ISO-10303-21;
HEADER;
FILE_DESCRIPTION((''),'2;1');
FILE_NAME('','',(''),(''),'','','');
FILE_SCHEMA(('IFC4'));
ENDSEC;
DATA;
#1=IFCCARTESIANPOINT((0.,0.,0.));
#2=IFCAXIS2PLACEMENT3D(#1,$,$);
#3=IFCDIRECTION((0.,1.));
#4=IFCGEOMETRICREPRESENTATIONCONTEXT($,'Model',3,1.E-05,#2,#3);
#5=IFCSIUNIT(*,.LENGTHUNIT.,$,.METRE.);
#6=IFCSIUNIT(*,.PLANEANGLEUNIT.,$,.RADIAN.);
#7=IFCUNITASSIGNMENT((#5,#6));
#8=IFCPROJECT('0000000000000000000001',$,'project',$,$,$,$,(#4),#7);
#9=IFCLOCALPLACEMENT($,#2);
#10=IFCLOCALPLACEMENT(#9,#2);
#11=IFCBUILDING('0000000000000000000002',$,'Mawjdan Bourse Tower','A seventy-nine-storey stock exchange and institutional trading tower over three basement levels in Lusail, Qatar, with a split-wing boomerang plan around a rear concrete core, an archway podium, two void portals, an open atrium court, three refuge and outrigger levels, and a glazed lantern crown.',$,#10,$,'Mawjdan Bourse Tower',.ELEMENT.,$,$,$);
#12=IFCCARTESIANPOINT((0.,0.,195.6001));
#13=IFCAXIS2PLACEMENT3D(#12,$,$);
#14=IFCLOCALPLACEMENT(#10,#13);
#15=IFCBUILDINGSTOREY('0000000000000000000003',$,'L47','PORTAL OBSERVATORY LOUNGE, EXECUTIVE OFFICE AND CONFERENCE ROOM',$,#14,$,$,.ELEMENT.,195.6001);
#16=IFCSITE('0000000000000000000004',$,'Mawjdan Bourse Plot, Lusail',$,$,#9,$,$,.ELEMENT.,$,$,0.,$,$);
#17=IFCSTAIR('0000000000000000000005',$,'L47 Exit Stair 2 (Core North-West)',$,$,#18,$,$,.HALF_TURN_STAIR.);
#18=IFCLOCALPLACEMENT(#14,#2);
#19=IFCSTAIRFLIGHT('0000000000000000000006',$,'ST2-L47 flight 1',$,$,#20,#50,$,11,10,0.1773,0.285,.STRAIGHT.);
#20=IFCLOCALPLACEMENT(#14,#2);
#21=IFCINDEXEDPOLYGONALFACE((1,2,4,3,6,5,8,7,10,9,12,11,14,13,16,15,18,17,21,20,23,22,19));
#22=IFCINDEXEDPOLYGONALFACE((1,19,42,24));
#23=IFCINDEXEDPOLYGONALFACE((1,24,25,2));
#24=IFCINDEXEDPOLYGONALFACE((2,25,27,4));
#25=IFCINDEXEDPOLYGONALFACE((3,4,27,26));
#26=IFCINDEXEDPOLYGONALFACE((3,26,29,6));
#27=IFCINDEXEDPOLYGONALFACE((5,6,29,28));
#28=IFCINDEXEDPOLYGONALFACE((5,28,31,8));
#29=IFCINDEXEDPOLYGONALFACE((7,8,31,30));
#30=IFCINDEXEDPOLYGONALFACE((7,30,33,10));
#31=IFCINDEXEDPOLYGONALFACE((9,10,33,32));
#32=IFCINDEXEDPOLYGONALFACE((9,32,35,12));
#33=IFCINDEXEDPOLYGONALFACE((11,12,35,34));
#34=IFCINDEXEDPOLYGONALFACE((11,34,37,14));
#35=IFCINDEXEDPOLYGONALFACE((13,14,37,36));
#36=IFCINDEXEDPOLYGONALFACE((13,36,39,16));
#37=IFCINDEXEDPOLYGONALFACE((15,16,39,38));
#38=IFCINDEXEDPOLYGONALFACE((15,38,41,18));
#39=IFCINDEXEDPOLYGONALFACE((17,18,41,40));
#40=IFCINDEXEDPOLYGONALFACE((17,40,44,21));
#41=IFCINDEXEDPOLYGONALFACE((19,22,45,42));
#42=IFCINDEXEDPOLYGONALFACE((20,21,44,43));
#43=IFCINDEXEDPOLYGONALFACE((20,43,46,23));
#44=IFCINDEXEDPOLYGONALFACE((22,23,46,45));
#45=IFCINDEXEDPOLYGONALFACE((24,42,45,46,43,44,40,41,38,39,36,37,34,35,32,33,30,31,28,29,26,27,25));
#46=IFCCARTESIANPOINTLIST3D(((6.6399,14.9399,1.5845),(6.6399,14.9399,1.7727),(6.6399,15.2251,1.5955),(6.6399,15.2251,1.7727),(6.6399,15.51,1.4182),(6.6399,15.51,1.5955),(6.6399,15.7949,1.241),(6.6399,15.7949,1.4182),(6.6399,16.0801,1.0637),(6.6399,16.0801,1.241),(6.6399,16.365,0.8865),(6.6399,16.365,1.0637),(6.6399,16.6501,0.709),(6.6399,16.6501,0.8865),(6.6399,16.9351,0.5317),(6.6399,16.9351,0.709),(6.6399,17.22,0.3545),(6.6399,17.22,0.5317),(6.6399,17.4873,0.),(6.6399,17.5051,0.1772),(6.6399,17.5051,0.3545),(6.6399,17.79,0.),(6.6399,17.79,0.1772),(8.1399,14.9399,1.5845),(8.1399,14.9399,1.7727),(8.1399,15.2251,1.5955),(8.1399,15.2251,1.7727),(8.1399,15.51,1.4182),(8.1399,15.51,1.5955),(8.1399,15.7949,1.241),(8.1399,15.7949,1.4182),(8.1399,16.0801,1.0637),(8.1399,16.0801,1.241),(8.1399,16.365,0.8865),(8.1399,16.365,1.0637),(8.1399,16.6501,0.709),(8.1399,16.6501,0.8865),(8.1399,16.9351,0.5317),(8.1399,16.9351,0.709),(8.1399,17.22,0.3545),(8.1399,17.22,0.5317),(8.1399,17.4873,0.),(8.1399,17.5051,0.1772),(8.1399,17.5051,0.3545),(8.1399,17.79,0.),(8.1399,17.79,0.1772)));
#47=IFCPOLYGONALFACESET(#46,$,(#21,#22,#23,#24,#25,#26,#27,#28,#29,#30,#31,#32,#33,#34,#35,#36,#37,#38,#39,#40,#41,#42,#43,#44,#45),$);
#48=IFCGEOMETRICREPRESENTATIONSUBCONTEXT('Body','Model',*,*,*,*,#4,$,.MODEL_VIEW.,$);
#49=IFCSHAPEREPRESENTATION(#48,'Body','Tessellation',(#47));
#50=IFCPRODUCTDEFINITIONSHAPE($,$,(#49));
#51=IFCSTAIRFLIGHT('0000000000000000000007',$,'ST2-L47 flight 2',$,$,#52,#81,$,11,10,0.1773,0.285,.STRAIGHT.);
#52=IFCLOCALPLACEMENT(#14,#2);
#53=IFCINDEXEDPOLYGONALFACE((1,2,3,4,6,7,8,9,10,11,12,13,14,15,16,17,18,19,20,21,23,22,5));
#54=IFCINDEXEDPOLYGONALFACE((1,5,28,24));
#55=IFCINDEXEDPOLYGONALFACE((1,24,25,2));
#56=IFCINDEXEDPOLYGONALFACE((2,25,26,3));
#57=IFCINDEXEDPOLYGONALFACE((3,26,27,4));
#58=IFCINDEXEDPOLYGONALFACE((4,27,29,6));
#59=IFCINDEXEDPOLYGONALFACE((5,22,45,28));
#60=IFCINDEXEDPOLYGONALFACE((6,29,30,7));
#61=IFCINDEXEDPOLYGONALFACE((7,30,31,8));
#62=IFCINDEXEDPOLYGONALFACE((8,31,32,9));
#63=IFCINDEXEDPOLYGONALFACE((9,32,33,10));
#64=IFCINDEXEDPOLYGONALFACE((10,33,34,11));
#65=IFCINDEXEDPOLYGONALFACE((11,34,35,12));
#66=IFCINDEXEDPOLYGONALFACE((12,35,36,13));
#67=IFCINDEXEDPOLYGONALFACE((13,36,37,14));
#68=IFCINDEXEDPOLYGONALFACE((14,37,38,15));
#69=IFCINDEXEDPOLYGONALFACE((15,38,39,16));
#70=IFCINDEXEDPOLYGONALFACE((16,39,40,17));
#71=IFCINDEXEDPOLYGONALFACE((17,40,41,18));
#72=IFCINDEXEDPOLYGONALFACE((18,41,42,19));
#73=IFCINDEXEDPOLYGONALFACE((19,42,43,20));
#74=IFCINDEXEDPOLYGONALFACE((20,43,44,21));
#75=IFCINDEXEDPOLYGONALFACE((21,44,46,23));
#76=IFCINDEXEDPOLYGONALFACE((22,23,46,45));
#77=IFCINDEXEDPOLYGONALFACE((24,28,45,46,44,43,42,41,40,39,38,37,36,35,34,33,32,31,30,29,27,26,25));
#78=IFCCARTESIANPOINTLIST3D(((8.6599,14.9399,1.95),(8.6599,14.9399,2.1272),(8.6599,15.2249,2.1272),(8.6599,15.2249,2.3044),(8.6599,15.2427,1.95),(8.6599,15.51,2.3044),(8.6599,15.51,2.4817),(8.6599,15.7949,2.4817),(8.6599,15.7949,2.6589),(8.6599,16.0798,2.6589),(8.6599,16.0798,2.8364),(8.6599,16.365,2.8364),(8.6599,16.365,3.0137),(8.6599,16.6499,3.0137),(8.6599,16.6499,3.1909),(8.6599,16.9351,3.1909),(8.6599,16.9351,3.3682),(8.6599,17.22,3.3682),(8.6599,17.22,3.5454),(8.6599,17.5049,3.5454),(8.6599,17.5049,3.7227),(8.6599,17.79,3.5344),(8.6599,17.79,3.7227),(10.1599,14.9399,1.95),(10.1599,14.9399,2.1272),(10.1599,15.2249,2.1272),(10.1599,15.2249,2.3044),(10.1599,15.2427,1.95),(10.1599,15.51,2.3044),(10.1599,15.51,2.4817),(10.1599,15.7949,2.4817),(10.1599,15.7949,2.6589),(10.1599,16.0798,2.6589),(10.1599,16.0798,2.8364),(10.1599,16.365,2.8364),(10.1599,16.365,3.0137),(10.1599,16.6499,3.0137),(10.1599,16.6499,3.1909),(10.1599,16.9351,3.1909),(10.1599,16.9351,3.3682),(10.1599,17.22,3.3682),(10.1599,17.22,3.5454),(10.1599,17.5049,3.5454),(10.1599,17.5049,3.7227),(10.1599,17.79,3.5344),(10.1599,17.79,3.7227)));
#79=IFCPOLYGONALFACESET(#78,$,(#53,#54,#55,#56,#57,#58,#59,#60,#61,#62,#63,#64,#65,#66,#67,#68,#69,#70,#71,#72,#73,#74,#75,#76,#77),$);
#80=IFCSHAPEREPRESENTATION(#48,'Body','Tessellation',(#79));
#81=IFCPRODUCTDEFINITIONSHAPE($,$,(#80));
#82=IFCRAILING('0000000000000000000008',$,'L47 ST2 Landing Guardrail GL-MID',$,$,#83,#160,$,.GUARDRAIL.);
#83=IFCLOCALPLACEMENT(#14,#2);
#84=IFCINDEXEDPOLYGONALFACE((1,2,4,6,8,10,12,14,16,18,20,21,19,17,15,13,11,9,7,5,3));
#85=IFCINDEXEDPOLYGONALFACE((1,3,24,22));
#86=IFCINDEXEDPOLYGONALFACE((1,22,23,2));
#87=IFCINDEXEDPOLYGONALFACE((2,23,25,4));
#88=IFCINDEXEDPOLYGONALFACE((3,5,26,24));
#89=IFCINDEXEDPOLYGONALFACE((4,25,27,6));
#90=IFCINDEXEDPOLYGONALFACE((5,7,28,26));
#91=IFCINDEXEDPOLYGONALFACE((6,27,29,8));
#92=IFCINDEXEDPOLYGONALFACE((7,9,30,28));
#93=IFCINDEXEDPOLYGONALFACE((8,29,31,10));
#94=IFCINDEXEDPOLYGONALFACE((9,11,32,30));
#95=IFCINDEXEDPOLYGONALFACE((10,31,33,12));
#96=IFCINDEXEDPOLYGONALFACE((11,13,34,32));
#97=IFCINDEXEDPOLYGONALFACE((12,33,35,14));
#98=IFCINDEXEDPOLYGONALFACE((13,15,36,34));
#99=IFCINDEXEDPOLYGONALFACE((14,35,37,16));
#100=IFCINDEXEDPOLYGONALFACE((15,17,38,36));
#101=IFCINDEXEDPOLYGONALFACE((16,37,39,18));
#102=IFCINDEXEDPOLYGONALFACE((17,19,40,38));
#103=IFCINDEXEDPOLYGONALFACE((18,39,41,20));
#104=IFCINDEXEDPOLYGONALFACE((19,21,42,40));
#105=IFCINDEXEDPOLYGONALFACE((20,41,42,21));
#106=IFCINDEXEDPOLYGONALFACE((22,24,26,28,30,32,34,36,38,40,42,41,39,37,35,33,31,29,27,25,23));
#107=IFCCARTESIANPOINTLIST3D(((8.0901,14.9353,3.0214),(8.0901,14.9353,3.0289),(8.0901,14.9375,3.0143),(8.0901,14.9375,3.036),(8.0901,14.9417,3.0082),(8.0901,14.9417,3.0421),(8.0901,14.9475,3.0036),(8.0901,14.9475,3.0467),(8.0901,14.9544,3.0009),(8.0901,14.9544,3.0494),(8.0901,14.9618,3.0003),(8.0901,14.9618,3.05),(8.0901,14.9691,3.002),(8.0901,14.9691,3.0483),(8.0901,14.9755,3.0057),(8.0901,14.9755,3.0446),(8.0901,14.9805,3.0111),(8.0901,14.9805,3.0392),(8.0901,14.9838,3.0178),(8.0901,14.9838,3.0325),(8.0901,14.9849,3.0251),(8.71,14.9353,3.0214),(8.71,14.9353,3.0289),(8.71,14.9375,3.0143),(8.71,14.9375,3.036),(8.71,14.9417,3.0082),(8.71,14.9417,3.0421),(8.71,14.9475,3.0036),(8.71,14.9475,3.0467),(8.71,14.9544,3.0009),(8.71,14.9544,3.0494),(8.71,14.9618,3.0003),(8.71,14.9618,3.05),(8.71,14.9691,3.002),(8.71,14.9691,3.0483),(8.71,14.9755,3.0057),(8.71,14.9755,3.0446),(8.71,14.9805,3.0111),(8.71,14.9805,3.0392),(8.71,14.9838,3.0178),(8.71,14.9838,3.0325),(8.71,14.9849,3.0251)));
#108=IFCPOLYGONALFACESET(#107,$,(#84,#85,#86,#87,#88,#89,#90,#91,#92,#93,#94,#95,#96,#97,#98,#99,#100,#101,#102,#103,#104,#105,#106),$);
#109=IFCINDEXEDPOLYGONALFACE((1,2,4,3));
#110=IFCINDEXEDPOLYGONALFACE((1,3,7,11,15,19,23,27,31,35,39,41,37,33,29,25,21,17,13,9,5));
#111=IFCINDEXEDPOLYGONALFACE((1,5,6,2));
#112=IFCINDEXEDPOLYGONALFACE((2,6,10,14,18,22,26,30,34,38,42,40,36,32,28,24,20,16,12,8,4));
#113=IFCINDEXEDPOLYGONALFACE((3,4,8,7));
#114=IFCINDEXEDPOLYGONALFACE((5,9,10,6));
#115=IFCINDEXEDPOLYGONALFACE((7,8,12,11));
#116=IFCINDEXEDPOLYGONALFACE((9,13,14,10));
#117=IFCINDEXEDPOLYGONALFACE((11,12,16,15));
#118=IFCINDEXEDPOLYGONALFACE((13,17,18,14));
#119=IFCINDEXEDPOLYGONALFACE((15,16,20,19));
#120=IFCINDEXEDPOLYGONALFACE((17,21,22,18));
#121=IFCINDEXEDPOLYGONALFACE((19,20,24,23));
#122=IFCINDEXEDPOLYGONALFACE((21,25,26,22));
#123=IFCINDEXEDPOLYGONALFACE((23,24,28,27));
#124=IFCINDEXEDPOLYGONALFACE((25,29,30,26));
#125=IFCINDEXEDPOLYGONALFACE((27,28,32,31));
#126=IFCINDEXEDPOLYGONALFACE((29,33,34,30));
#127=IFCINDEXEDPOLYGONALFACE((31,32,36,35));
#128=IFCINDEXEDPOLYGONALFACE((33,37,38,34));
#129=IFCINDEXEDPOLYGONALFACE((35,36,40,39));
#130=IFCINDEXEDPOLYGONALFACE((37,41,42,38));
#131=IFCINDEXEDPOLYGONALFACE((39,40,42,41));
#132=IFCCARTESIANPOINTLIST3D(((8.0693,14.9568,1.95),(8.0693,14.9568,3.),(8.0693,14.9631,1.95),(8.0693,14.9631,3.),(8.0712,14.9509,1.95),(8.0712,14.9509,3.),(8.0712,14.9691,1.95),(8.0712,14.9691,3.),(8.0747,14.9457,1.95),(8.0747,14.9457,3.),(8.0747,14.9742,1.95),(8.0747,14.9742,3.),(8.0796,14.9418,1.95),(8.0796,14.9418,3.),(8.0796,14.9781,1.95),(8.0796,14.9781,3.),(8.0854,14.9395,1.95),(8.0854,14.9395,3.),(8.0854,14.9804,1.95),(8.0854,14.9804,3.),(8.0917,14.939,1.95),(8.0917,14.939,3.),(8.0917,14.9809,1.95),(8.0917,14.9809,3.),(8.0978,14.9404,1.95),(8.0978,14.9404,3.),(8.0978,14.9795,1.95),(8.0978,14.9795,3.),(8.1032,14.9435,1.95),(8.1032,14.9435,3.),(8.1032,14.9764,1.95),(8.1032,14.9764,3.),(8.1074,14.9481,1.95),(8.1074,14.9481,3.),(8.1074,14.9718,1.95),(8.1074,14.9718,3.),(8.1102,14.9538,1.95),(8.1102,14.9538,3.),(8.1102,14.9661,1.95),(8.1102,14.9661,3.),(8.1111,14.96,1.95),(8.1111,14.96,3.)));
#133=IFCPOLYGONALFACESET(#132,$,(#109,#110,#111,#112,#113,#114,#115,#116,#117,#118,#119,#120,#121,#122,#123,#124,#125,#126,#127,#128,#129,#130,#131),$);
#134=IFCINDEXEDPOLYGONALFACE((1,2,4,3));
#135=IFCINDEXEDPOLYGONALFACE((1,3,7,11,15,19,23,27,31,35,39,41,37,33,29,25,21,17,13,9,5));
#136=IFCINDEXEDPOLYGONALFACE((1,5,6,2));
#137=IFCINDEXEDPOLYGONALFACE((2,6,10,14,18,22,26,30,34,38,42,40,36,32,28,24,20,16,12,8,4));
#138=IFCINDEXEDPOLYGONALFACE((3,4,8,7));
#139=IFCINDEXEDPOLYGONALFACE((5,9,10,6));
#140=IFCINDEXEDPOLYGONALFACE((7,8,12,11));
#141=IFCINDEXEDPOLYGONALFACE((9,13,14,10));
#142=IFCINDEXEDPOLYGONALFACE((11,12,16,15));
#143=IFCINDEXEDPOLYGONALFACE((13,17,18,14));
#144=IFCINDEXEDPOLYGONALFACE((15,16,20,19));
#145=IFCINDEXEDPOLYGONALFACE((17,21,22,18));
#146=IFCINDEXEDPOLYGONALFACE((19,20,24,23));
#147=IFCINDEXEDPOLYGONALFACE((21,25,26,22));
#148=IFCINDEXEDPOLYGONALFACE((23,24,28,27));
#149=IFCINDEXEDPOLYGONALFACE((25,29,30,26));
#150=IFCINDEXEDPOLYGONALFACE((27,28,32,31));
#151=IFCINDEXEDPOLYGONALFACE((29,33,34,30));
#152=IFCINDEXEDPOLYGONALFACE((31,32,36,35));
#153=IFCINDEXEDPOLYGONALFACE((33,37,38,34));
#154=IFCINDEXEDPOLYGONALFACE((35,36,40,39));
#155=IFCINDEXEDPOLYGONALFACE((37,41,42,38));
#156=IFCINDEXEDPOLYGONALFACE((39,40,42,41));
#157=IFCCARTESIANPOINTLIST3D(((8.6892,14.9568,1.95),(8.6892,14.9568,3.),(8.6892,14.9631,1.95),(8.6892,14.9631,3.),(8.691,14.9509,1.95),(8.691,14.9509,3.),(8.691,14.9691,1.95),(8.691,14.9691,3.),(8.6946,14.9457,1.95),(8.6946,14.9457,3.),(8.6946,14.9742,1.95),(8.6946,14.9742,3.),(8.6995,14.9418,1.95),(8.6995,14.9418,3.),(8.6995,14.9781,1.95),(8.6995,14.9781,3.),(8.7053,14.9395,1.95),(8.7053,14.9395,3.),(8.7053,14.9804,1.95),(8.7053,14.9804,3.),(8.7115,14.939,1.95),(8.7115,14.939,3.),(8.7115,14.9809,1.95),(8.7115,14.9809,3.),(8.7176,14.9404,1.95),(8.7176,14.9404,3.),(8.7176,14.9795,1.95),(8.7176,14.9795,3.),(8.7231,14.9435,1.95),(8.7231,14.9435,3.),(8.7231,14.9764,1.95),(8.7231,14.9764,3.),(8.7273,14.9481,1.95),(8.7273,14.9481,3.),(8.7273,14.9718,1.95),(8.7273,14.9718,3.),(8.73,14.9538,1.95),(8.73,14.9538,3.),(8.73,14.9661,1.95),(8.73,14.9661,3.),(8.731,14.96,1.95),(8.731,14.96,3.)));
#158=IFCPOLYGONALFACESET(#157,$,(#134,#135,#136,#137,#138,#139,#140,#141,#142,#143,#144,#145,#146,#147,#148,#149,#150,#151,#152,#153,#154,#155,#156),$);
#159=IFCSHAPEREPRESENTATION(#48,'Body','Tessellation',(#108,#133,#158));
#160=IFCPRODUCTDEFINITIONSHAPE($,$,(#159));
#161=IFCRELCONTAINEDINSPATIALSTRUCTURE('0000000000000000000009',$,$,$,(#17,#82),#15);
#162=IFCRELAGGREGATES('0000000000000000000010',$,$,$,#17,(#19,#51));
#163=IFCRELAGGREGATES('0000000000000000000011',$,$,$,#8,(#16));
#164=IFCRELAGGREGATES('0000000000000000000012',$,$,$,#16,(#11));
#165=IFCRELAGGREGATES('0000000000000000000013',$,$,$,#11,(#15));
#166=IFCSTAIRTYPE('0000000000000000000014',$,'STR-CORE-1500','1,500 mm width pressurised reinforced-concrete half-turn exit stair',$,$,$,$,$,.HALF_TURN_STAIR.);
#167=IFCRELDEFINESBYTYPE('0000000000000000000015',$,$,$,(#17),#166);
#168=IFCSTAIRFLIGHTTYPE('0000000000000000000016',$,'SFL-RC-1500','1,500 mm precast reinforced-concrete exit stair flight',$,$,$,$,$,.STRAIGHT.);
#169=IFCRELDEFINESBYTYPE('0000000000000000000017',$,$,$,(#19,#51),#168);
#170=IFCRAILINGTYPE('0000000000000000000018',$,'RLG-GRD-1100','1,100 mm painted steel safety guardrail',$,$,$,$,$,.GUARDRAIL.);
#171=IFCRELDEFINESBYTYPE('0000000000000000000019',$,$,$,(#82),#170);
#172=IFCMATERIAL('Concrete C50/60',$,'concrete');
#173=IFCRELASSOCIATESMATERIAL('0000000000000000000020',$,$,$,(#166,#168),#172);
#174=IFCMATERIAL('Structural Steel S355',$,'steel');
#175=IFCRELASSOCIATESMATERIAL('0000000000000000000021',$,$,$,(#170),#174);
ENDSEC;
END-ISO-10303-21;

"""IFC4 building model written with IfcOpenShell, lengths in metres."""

from ifc_helpers import new_model, si_unit, direction, frame, origin, origin_2d, place, context, subcontext, project, spatial, polyline, circle, outline, extrude, material, type_object, element, aggregate, save


model = new_model("IFC4")

# Units and contexts
model_context = context("Model", 3, precision=1e-05, world=origin(), true_north=direction((0.0, 1.0)))
body_context = subcontext(model_context, "Body", "Model", "MODEL_VIEW")
ifc_project = project(units=[si_unit("LENGTHUNIT", "METRE"), si_unit("PLANEANGLEUNIT", "RADIAN")], contexts=[model_context])

# Site, building, storey
site_placement = place(None, origin())
site = spatial("IfcSite", under=ifc_project, at=site_placement, Name="Mawjdan Bourse Plot, Lusail", CompositionType="ELEMENT", RefElevation=0.0)
building_placement = place(site_placement, origin())
building = spatial("IfcBuilding", under=site, at=building_placement, Name="Mawjdan Bourse Tower", Description="A seventy-nine-storey stock exchange and institutional trading tower over three basement levels in Lusail, Qatar, with a split-wing boomerang plan around a rear concrete core, an archway podium, two void portals, an open atrium court, three refuge and outrigger levels, and a glazed lantern crown.", LongName="Mawjdan Bourse Tower", CompositionType="ELEMENT")
storey_placement = place(building_placement, frame((0.0, 0.0, 195.6001)))
storey = spatial("IfcBuildingStorey", under=building, at=storey_placement, Name="L47", Description="PORTAL OBSERVATORY LOUNGE, EXECUTIVE OFFICE AND CONFERENCE ROOM", CompositionType="ELEMENT", Elevation=195.6001)

# Shared definitions
ifc_material_1 = material(Name="Structural Steel S355", Category="steel")

# Shared definitions
ifc_material_2 = material(Name="Concrete C50/60", Category="concrete")

# Stair, stair flights
stair_type = type_object("IfcStairType", Name="STR-CORE-1500", Description="1,500 mm width pressurised reinforced-concrete half-turn exit stair", PredefinedType="HALF_TURN_STAIR", material=ifc_material_2)
stair_placement = place(storey_placement, origin())
stair = element("IfcStair", 1, at=stair_placement, inside=storey, type_object=stair_type, Name="L47 Exit Stair 2 (Core North-West)", PredefinedType="HALF_TURN_STAIR")
stair_flight_type = type_object("IfcStairFlightType", Name="SFL-RC-1500", Description="1,500 mm precast reinforced-concrete exit stair flight", PredefinedType="STRAIGHT", material=ifc_material_2)
stair_flight_1_placement = place(storey_placement, frame((7.3899, 17.79, 0.0), z_axis=(0.0, 0.0, 1.0), x_axis=(0.0, -1.0, 0.0)))
stair_flight_1 = element("IfcStairFlight", 2, at=stair_flight_1_placement, type_object=stair_flight_type, Name="ST2-L47 flight 1", NumberOfRisers=11, NumberOfTreads=10, PredefinedType="STRAIGHT", RiserHeight=0.1773, TreadLength=0.285, context=body_context, shape_type="SweptSolid", body=[
    extrude(outline(polyline([(0.0, 0.0), (0.0, 0.1772), (0.2849, 0.1772), (0.2849, 0.3545), (0.5701, 0.3545), (0.5701, 0.5317), (0.855, 0.5317), (0.855, 0.709), (1.1399, 0.709), (1.1399, 0.8865), (1.425, 0.8865), (1.425, 1.0637), (1.71, 1.0637), (1.71, 1.241), (1.9951, 1.241), (1.9951, 1.4182), (2.28, 1.4182), (2.28, 1.5955), (2.5649, 1.5955), (2.5649, 1.7727), (2.8501, 1.7727), (2.8501, 1.95), (2.8501, 1.5845), (0.3027, 0.0), (0.0, 0.0)])), frame((0.0, 0.75, 0.0), z_axis=(0.0, -1.0, 0.0), x_axis=(1.0, 0.0, 0.0)), (0.0, 0.0, 1.0), 1.5),
])
stair_flight_2_placement = place(storey_placement, frame((9.4099, 14.9399, 1.95), z_axis=(0.0, 0.0, 1.0), x_axis=(0.0, 1.0, 0.0)))
stair_flight_2 = element("IfcStairFlight", 3, at=stair_flight_2_placement, type_object=stair_flight_type, Name="ST2-L47 flight 2", NumberOfRisers=11, NumberOfTreads=10, PredefinedType="STRAIGHT", RiserHeight=0.1773, TreadLength=0.285, context=body_context, shape_type="SweptSolid", body=[
    extrude(outline(polyline([(0.0, 0.0), (0.0, 0.1772), (0.2849, 0.1772), (0.2849, 0.3545), (0.5701, 0.3545), (0.5701, 0.5317), (0.855, 0.5317), (0.855, 0.709), (1.1399, 0.709), (1.1399, 0.8865), (1.425, 0.8865), (1.425, 1.0637), (1.71, 1.0637), (1.71, 1.241), (1.9951, 1.241), (1.9951, 1.4182), (2.28, 1.4182), (2.28, 1.5955), (2.5649, 1.5955), (2.5649, 1.7727), (2.8501, 1.7727), (2.8501, 1.95), (2.8501, 1.5845), (0.3027, 0.0), (0.0, 0.0)])), frame((0.0, 0.75, 0.0), z_axis=(0.0, -1.0, 0.0), x_axis=(1.0, 0.0, 0.0)), (0.0, 0.0, 1.0), 1.5),
])
aggregate(stair, [stair_flight_1, stair_flight_2])

# Railing
railing_type_1 = type_object("IfcRailingType", Name="RLG-GRD-1100", Description="1,100 mm painted steel safety guardrail", PredefinedType="GUARDRAIL", material=ifc_material_1)
for number, where, name in (
    (4, (8.0901, 14.96, 1.95), "L47 ST2 Landing Guardrail GL-MID"),
):
    element("IfcRailing", number, at=place(storey_placement, frame(where)), inside=storey, type_object=railing_type_1, Name=name, PredefinedType="GUARDRAIL", context=body_context, shape_type="SweptSolid", body=[
        extrude(circle(Radius=0.0249, at=origin_2d()), frame((0.0, 0.0, 1.0752), z_axis=(1.0, 0.0, 0.0), x_axis=(0.0, 1.0, 0.0)), (0.0, 0.0, 1.0), 0.6199),
        extrude(circle(Radius=0.021, at=origin_2d()), origin(), (0.0, 0.0, 1.0), 1.05),
        extrude(circle(Radius=0.021, at=origin_2d()), frame((0.6199, 0.0, 0.0)), (0.0, 0.0, 1.0), 1.05),
    ])

save(model, "model.ifc")
